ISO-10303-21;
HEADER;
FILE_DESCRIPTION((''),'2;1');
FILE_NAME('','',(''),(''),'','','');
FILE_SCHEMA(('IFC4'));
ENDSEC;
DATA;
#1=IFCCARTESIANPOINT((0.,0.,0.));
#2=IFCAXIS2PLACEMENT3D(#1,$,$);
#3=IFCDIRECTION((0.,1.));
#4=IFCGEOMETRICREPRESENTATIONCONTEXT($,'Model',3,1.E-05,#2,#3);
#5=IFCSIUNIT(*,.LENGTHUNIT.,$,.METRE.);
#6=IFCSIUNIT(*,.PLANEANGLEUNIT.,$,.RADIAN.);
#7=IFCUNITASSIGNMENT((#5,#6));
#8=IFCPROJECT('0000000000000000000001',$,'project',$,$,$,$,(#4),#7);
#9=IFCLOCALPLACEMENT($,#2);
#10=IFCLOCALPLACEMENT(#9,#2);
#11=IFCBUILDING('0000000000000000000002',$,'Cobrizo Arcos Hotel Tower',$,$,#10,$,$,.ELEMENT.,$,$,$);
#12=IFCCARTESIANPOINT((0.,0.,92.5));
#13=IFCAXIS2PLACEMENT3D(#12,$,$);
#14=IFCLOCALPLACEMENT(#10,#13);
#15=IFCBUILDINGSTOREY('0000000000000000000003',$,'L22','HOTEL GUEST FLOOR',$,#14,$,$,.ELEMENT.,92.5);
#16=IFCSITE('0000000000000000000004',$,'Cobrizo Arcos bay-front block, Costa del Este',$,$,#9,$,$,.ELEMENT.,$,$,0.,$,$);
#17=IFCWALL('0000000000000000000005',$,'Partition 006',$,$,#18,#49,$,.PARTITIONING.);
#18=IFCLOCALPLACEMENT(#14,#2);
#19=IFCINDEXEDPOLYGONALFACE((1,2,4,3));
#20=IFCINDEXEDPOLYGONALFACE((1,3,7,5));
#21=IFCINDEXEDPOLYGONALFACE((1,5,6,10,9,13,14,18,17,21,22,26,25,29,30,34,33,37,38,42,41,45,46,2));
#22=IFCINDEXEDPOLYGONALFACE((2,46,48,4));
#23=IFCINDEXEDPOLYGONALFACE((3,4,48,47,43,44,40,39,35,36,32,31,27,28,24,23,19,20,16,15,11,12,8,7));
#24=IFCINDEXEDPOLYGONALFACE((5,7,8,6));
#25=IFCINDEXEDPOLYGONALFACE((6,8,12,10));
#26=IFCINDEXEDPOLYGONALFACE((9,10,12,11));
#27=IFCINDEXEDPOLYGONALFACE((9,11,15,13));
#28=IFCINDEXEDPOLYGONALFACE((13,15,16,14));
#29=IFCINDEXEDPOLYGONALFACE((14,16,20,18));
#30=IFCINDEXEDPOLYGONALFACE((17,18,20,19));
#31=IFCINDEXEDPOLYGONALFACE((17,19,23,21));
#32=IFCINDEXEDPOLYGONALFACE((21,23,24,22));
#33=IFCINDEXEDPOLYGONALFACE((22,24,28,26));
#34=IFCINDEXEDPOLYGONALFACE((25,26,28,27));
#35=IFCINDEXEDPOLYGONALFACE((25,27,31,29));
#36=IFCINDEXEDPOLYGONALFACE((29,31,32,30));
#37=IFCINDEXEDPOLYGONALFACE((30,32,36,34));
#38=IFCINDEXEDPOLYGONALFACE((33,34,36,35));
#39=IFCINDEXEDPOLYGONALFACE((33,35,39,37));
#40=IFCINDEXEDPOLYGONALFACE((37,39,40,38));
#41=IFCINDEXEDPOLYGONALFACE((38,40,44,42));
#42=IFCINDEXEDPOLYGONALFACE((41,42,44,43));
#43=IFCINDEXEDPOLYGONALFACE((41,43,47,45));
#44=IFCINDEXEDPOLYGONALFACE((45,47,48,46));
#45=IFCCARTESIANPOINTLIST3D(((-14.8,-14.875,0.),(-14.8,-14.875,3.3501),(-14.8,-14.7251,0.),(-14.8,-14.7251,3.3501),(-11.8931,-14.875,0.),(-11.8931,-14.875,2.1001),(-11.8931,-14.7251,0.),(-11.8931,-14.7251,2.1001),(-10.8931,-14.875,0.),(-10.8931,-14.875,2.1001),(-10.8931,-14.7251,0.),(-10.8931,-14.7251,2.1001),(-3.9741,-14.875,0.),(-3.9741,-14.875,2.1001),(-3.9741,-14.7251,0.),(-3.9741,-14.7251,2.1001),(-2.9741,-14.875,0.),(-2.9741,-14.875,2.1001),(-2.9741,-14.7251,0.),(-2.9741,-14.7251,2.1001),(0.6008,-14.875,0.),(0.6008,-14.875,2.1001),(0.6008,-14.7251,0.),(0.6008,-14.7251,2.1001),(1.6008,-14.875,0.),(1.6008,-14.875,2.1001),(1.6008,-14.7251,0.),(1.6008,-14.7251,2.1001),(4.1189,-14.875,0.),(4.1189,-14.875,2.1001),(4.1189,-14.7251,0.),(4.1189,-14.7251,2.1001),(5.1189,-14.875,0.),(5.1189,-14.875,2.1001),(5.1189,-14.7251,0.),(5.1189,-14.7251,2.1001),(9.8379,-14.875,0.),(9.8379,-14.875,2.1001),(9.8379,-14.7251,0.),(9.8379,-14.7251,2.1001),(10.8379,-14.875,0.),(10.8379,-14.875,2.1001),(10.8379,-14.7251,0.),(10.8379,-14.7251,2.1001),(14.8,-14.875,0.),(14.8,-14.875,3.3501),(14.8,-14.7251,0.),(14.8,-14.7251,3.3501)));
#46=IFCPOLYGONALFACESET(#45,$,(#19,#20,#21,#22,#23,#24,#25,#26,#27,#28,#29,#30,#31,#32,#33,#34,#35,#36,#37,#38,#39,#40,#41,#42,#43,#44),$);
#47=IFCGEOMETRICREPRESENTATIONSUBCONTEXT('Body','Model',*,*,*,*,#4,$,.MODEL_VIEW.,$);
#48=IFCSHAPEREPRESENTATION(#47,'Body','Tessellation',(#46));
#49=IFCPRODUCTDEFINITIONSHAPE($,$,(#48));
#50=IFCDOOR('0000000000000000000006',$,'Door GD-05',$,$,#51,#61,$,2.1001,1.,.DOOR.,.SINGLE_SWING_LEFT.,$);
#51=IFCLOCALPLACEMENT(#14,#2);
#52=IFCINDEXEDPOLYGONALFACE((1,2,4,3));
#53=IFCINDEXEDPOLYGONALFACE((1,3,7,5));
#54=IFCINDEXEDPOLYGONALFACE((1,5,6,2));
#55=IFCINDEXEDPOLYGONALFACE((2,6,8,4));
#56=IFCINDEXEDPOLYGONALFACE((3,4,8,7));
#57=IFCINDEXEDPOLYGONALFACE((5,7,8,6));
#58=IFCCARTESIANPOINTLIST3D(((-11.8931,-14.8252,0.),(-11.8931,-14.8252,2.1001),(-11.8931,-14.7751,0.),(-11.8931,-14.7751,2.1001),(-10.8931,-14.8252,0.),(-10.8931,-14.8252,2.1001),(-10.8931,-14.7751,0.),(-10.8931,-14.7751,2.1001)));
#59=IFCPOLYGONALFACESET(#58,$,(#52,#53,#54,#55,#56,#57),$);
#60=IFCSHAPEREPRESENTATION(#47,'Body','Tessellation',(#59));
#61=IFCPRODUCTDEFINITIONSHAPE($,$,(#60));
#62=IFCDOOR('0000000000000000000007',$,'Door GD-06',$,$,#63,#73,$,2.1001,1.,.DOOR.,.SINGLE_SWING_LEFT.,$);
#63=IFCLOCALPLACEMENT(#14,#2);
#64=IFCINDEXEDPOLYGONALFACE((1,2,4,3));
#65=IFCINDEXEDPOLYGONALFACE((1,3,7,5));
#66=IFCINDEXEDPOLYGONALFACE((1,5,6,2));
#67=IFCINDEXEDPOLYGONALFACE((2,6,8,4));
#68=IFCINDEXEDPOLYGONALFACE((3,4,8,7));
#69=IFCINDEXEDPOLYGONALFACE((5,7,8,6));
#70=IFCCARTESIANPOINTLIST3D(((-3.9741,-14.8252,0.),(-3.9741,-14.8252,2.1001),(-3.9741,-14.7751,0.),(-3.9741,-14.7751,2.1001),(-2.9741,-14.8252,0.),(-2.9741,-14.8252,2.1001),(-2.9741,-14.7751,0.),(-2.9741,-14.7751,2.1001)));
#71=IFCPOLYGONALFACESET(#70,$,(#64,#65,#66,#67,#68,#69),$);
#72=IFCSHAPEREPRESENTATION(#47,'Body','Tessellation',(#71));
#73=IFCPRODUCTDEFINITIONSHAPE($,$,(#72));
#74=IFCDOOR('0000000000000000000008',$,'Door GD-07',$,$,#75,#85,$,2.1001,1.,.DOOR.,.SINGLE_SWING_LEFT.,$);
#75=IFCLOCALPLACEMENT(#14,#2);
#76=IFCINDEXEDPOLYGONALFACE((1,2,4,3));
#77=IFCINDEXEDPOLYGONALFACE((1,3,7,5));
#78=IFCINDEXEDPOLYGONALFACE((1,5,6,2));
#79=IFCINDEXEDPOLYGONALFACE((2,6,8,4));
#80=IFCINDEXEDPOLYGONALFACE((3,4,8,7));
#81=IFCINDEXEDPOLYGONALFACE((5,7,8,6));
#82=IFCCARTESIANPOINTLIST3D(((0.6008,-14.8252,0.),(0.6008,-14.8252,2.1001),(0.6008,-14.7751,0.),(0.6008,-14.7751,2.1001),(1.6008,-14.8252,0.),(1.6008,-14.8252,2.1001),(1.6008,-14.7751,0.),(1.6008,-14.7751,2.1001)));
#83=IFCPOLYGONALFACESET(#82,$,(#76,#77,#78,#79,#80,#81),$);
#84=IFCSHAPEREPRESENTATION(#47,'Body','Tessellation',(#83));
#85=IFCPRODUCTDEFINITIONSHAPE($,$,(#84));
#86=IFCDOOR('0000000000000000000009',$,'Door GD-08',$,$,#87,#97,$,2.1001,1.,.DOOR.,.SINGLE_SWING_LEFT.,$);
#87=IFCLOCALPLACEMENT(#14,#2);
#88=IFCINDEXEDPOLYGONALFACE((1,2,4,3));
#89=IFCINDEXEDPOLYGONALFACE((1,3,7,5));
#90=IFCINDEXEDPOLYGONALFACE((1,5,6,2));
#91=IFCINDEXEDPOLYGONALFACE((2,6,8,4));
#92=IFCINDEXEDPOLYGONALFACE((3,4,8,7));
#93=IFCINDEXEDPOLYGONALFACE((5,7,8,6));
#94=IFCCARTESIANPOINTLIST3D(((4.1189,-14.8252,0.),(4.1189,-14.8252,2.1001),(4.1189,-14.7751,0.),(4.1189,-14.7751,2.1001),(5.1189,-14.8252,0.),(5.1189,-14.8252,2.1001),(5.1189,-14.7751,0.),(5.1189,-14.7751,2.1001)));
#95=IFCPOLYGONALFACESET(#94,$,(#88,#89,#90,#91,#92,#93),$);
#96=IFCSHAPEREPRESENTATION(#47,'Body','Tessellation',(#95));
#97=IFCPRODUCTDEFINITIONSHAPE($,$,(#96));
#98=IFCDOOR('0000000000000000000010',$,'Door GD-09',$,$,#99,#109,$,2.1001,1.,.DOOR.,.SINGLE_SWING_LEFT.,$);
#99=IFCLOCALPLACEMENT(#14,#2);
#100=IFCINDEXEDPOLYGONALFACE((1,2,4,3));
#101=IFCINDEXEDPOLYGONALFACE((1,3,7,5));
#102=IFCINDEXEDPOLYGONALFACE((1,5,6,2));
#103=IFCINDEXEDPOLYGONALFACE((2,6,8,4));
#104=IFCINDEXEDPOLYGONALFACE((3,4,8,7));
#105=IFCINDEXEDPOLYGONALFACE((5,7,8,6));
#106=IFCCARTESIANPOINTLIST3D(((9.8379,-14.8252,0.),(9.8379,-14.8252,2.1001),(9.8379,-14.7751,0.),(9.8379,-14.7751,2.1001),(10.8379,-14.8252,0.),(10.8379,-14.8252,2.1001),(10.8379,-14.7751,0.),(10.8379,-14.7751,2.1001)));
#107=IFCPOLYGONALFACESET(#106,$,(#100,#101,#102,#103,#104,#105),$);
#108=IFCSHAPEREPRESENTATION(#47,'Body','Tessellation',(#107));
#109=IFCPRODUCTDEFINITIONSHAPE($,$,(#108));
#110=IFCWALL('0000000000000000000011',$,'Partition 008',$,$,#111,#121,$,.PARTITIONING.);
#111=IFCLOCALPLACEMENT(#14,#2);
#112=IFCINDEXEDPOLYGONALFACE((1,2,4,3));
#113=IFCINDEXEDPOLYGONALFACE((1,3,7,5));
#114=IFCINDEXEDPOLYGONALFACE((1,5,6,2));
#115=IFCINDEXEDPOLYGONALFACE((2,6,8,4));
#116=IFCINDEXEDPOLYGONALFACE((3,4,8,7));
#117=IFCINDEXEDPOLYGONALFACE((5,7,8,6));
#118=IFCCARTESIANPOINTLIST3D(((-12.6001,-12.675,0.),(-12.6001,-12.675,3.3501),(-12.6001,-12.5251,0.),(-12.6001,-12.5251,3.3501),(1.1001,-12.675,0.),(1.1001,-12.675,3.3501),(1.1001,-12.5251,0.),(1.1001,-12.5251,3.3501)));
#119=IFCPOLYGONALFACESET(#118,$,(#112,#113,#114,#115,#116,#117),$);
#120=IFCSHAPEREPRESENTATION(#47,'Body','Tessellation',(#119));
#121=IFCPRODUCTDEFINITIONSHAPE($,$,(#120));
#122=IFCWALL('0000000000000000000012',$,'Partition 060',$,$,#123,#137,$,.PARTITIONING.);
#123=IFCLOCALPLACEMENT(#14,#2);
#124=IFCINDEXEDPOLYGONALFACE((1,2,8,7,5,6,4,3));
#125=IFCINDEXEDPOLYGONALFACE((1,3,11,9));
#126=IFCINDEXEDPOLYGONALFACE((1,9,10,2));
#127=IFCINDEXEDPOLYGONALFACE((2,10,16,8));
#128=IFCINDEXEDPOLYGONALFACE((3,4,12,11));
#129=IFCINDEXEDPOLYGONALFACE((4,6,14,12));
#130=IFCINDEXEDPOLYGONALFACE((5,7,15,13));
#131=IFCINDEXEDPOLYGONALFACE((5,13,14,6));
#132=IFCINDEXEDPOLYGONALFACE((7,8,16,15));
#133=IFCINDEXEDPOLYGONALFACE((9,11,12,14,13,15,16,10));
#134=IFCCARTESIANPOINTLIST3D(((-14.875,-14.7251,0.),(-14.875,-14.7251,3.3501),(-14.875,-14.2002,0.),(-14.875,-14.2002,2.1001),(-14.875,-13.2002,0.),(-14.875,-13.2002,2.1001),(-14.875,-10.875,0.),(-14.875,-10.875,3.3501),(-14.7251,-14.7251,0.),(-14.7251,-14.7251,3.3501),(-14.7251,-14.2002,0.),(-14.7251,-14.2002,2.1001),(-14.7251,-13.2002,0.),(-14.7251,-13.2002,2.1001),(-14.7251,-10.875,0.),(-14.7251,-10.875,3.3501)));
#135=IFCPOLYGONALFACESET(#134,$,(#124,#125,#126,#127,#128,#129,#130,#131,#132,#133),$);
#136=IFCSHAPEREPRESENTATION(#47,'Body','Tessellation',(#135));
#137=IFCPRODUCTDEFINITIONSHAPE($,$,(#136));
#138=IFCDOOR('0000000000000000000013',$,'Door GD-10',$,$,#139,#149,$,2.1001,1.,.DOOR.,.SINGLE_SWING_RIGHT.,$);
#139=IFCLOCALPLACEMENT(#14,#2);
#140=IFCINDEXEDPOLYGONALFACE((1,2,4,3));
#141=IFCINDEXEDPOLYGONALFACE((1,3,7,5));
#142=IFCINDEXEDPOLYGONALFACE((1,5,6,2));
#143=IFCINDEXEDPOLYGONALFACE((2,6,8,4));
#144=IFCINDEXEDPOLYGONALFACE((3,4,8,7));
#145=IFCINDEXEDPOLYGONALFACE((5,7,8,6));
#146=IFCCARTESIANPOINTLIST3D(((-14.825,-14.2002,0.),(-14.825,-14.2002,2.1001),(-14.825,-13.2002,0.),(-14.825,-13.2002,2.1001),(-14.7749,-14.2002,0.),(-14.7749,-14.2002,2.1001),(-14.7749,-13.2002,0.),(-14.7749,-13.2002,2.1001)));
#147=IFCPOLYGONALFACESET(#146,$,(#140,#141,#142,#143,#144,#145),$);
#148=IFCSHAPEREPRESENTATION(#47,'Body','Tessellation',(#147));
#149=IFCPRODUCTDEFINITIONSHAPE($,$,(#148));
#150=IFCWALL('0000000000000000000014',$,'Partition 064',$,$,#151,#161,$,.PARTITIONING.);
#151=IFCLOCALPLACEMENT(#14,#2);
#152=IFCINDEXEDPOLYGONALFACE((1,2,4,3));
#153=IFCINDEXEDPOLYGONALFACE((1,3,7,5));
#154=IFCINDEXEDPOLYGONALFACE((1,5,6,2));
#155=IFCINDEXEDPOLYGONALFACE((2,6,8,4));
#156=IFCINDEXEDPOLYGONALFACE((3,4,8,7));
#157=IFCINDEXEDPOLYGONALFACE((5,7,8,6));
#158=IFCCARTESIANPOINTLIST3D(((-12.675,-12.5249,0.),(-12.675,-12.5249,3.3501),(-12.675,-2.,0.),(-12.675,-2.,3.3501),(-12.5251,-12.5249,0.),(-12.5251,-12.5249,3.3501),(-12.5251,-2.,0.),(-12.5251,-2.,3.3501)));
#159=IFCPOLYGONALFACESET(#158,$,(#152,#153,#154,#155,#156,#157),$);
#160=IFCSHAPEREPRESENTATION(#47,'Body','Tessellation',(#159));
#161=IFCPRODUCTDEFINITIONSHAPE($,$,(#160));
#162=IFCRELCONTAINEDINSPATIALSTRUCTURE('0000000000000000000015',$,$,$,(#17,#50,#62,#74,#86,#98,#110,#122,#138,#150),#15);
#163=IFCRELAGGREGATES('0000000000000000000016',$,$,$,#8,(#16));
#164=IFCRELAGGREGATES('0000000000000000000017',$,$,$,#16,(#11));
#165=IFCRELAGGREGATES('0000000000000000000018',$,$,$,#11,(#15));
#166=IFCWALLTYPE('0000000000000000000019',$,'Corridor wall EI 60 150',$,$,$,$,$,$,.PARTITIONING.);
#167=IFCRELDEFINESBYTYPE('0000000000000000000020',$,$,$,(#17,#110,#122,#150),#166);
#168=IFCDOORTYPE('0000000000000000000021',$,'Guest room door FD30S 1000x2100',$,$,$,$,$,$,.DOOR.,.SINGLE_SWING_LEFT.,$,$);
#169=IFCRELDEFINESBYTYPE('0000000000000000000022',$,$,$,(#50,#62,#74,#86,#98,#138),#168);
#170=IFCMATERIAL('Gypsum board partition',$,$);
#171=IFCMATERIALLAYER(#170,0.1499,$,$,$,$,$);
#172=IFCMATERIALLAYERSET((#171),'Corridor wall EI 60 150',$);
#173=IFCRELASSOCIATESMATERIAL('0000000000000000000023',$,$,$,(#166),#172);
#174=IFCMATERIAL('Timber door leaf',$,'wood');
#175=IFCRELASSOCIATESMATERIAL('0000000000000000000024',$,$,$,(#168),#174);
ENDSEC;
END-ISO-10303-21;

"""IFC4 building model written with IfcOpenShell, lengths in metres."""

from ifc_helpers import new_model, si_unit, direction, frame, frame_2d, origin, place, context, subcontext, project, spatial, rectangle, extrude, material, layer, layer_set, type_object, element, fill, save


model = new_model("IFC4")

# Units and contexts
model_context = context("Model", 3, precision=1e-05, world=origin(), true_north=direction((0.0, 1.0)))
body_context = subcontext(model_context, "Body", "Model", "MODEL_VIEW")
ifc_project = project(units=[si_unit("LENGTHUNIT", "METRE"), si_unit("PLANEANGLEUNIT", "RADIAN")], contexts=[model_context])

# Site, building, storey
site_placement = place(None, origin())
site = spatial("IfcSite", under=ifc_project, at=site_placement, Name="Cobrizo Arcos bay-front block, Costa del Este", CompositionType="ELEMENT", RefElevation=0.0)
building_placement = place(site_placement, origin())
building = spatial("IfcBuilding", under=site, at=building_placement, Name="Cobrizo Arcos Hotel Tower", CompositionType="ELEMENT")
storey_placement = place(building_placement, frame((0.0, 0.0, 92.5)))
storey = spatial("IfcBuildingStorey", under=building, at=storey_placement, Name="L22", Description="HOTEL GUEST FLOOR", CompositionType="ELEMENT", Elevation=92.5)

# Wall, openings, doors
ifc_material_1 = material(Name="Gypsum board partition")
ifc_layer_1 = layer(ifc_material_1, 0.1499)
ifc_layer_set_1 = layer_set([ifc_layer_1], Name="Corridor wall EI 60 150")
wall_type_1 = type_object("IfcWallType", Name="Corridor wall EI 60 150", PredefinedType="PARTITIONING", material=ifc_layer_set_1)
wall_1_placement = place(storey_placement, frame((-14.8, -14.8, 0.0), z_axis=(0.0, 0.0, 1.0), x_axis=(1.0, 0.0, 0.0)))
wall_1 = element("IfcWall", 1, at=wall_1_placement, inside=storey, type_object=wall_type_1, Name="Partition 006", PredefinedType="PARTITIONING", context=body_context, shape_type="SweptSolid", body=[
    extrude(rectangle(XDim=29.6001, YDim=0.1499, at=frame_2d((14.8, 0.0))), origin(), (0.0, 0.0, 1.0), 3.3501),
])
opening_1_placement = place(wall_1_placement, frame((2.907, 0.0, 0.0)))
opening_1 = element("IfcOpeningElement", 2, at=opening_1_placement, cuts=wall_1, PredefinedType="OPENING", context=body_context, shape_type="SweptSolid", body=[
    extrude(rectangle(XDim=1.0, YDim=2.1001, at=frame_2d((0.5, 1.05))), frame((0.0, 0.0869, 0.0), z_axis=(0.0, -1.0, 0.0), x_axis=(1.0, 0.0, 0.0)), (0.0, 0.0, 1.0), 0.1738),
])
opening_2_placement = place(wall_1_placement, frame((10.8259, 0.0, 0.0)))
opening_2 = element("IfcOpeningElement", 3, at=opening_2_placement, cuts=wall_1, PredefinedType="OPENING", context=body_context, shape_type="SweptSolid", body=[
    extrude(rectangle(XDim=1.0, YDim=2.1001, at=frame_2d((0.5, 1.05))), frame((0.0, 0.0869, 0.0), z_axis=(0.0, -1.0, 0.0), x_axis=(1.0, 0.0, 0.0)), (0.0, 0.0, 1.0), 0.1738),
])
opening_3_placement = place(wall_1_placement, frame((15.4009, 0.0, 0.0)))
opening_3 = element("IfcOpeningElement", 4, at=opening_3_placement, cuts=wall_1, PredefinedType="OPENING", context=body_context, shape_type="SweptSolid", body=[
    extrude(rectangle(XDim=1.0, YDim=2.1001, at=frame_2d((0.5, 1.05))), frame((0.0, 0.0869, 0.0), z_axis=(0.0, -1.0, 0.0), x_axis=(1.0, 0.0, 0.0)), (0.0, 0.0, 1.0), 0.1738),
])
opening_4_placement = place(wall_1_placement, frame((18.9189, 0.0, 0.0)))
opening_4 = element("IfcOpeningElement", 5, at=opening_4_placement, cuts=wall_1, PredefinedType="OPENING", context=body_context, shape_type="SweptSolid", body=[
    extrude(rectangle(XDim=1.0, YDim=2.1001, at=frame_2d((0.5, 1.05))), frame((0.0, 0.0869, 0.0), z_axis=(0.0, -1.0, 0.0), x_axis=(1.0, 0.0, 0.0)), (0.0, 0.0, 1.0), 0.1738),
])
opening_5_placement = place(wall_1_placement, frame((24.6379, 0.0, 0.0)))
opening_5 = element("IfcOpeningElement", 6, at=opening_5_placement, cuts=wall_1, PredefinedType="OPENING", context=body_context, shape_type="SweptSolid", body=[
    extrude(rectangle(XDim=1.0, YDim=2.1001, at=frame_2d((0.5, 1.05))), frame((0.0, 0.0869, 0.0), z_axis=(0.0, -1.0, 0.0), x_axis=(1.0, 0.0, 0.0)), (0.0, 0.0, 1.0), 0.1738),
])
ifc_material_2 = material(Name="Timber door leaf", Category="wood")
door_type_1 = type_object("IfcDoorType", Name="Guest room door FD30S 1000x2100", OperationType="SINGLE_SWING_LEFT", PredefinedType="DOOR", material=ifc_material_2)
door_1_placement = place(opening_1_placement, origin())
door_1 = element("IfcDoor", 7, at=door_1_placement, inside=storey, type_object=door_type_1, Name="Door GD-05", OperationType="SINGLE_SWING_LEFT", OverallHeight=2.1001, OverallWidth=1.0, PredefinedType="DOOR", context=body_context, shape_type="SweptSolid", body=[
    extrude(rectangle(XDim=1.0, YDim=2.1001, at=frame_2d((0.5, 1.05))), frame((0.0, 0.0249, 0.0), z_axis=(0.0, -1.0, 0.0), x_axis=(1.0, 0.0, 0.0)), (0.0, 0.0, 1.0), 0.05),
])
fill(opening_1, door_1)
door_2_placement = place(opening_2_placement, origin())
door_2 = element("IfcDoor", 8, at=door_2_placement, inside=storey, type_object=door_type_1, Name="Door GD-06", OperationType="SINGLE_SWING_LEFT", OverallHeight=2.1001, OverallWidth=1.0, PredefinedType="DOOR", context=body_context, shape_type="SweptSolid", body=[
    extrude(rectangle(XDim=1.0, YDim=2.1001, at=frame_2d((0.5, 1.05))), frame((0.0, 0.0249, 0.0), z_axis=(0.0, -1.0, 0.0), x_axis=(1.0, 0.0, 0.0)), (0.0, 0.0, 1.0), 0.05),
])
fill(opening_2, door_2)
door_3_placement = place(opening_3_placement, origin())
door_3 = element("IfcDoor", 9, at=door_3_placement, inside=storey, type_object=door_type_1, Name="Door GD-07", OperationType="SINGLE_SWING_LEFT", OverallHeight=2.1001, OverallWidth=1.0, PredefinedType="DOOR", context=body_context, shape_type="SweptSolid", body=[
    extrude(rectangle(XDim=1.0, YDim=2.1001, at=frame_2d((0.5, 1.05))), frame((0.0, 0.0249, 0.0), z_axis=(0.0, -1.0, 0.0), x_axis=(1.0, 0.0, 0.0)), (0.0, 0.0, 1.0), 0.05),
])
fill(opening_3, door_3)
door_4_placement = place(opening_4_placement, origin())
door_4 = element("IfcDoor", 10, at=door_4_placement, inside=storey, type_object=door_type_1, Name="Door GD-08", OperationType="SINGLE_SWING_LEFT", OverallHeight=2.1001, OverallWidth=1.0, PredefinedType="DOOR", context=body_context, shape_type="SweptSolid", body=[
    extrude(rectangle(XDim=1.0, YDim=2.1001, at=frame_2d((0.5, 1.05))), frame((0.0, 0.0249, 0.0), z_axis=(0.0, -1.0, 0.0), x_axis=(1.0, 0.0, 0.0)), (0.0, 0.0, 1.0), 0.05),
])
fill(opening_4, door_4)
door_5_placement = place(opening_5_placement, origin())
door_5 = element("IfcDoor", 11, at=door_5_placement, inside=storey, type_object=door_type_1, Name="Door GD-09", OperationType="SINGLE_SWING_LEFT", OverallHeight=2.1001, OverallWidth=1.0, PredefinedType="DOOR", context=body_context, shape_type="SweptSolid", body=[
    extrude(rectangle(XDim=1.0, YDim=2.1001, at=frame_2d((0.5, 1.05))), frame((0.0, 0.0249, 0.0), z_axis=(0.0, -1.0, 0.0), x_axis=(1.0, 0.0, 0.0)), (0.0, 0.0, 1.0), 0.05),
])
fill(opening_5, door_5)

# Wall
wall_2_placement = place(storey_placement, frame((-12.6001, -12.6001, 0.0), z_axis=(0.0, 0.0, 1.0), x_axis=(1.0, 0.0, 0.0)))
element("IfcWall", 12, at=wall_2_placement, inside=storey, type_object=wall_type_1, Name="Partition 008", PredefinedType="PARTITIONING", context=body_context, shape_type="SweptSolid", body=[
    extrude(rectangle(XDim=13.7002, YDim=0.1499, at=frame_2d((6.8501, 0.0))), origin(), (0.0, 0.0, 1.0), 3.3501),
])

# Wall, opening, door
wall_3_placement = place(storey_placement, frame((-14.8, -14.7251, 0.0), z_axis=(0.0, 0.0, 1.0), x_axis=(0.0, 1.0, 0.0)))
wall_3 = element("IfcWall", 13, at=wall_3_placement, inside=storey, type_object=wall_type_1, Name="Partition 060", PredefinedType="PARTITIONING", context=body_context, shape_type="SweptSolid", body=[
    extrude(rectangle(XDim=3.8501, YDim=0.1499, at=frame_2d((1.925, 0.0))), origin(), (0.0, 0.0, 1.0), 3.3501),
])
opening_6_placement = place(wall_3_placement, frame((0.5249, 0.0, 0.0)))
opening_6 = element("IfcOpeningElement", 14, at=opening_6_placement, cuts=wall_3, PredefinedType="OPENING", context=body_context, shape_type="SweptSolid", body=[
    extrude(rectangle(XDim=1.0, YDim=2.1001, at=frame_2d((0.5, 1.05))), frame((0.0, 0.0869, 0.0), z_axis=(0.0, -1.0, 0.0), x_axis=(1.0, 0.0, 0.0)), (0.0, 0.0, 1.0), 0.1738),
])
door_6_placement = place(opening_6_placement, origin())
door_6 = element("IfcDoor", 15, at=door_6_placement, inside=storey, type_object=door_type_1, Name="Door GD-10", OperationType="SINGLE_SWING_RIGHT", OverallHeight=2.1001, OverallWidth=1.0, PredefinedType="DOOR", context=body_context, shape_type="SweptSolid", body=[
    extrude(rectangle(XDim=1.0, YDim=2.1001, at=frame_2d((0.5, 1.05))), frame((0.0, 0.0249, 0.0), z_axis=(0.0, -1.0, 0.0), x_axis=(1.0, 0.0, 0.0)), (0.0, 0.0, 1.0), 0.05),
])
fill(opening_6, door_6)

# Wall
wall_4_placement = place(storey_placement, frame((-12.6001, -12.5249, 0.0), z_axis=(0.0, 0.0, 1.0), x_axis=(0.0, 1.0, 0.0)))
element("IfcWall", 16, at=wall_4_placement, inside=storey, type_object=wall_type_1, Name="Partition 064", PredefinedType="PARTITIONING", context=body_context, shape_type="SweptSolid", body=[
    extrude(rectangle(XDim=10.5249, YDim=0.1499, at=frame_2d((5.2625, 0.0))), origin(), (0.0, 0.0, 1.0), 3.3501),
])

save(model, "model.ifc")
